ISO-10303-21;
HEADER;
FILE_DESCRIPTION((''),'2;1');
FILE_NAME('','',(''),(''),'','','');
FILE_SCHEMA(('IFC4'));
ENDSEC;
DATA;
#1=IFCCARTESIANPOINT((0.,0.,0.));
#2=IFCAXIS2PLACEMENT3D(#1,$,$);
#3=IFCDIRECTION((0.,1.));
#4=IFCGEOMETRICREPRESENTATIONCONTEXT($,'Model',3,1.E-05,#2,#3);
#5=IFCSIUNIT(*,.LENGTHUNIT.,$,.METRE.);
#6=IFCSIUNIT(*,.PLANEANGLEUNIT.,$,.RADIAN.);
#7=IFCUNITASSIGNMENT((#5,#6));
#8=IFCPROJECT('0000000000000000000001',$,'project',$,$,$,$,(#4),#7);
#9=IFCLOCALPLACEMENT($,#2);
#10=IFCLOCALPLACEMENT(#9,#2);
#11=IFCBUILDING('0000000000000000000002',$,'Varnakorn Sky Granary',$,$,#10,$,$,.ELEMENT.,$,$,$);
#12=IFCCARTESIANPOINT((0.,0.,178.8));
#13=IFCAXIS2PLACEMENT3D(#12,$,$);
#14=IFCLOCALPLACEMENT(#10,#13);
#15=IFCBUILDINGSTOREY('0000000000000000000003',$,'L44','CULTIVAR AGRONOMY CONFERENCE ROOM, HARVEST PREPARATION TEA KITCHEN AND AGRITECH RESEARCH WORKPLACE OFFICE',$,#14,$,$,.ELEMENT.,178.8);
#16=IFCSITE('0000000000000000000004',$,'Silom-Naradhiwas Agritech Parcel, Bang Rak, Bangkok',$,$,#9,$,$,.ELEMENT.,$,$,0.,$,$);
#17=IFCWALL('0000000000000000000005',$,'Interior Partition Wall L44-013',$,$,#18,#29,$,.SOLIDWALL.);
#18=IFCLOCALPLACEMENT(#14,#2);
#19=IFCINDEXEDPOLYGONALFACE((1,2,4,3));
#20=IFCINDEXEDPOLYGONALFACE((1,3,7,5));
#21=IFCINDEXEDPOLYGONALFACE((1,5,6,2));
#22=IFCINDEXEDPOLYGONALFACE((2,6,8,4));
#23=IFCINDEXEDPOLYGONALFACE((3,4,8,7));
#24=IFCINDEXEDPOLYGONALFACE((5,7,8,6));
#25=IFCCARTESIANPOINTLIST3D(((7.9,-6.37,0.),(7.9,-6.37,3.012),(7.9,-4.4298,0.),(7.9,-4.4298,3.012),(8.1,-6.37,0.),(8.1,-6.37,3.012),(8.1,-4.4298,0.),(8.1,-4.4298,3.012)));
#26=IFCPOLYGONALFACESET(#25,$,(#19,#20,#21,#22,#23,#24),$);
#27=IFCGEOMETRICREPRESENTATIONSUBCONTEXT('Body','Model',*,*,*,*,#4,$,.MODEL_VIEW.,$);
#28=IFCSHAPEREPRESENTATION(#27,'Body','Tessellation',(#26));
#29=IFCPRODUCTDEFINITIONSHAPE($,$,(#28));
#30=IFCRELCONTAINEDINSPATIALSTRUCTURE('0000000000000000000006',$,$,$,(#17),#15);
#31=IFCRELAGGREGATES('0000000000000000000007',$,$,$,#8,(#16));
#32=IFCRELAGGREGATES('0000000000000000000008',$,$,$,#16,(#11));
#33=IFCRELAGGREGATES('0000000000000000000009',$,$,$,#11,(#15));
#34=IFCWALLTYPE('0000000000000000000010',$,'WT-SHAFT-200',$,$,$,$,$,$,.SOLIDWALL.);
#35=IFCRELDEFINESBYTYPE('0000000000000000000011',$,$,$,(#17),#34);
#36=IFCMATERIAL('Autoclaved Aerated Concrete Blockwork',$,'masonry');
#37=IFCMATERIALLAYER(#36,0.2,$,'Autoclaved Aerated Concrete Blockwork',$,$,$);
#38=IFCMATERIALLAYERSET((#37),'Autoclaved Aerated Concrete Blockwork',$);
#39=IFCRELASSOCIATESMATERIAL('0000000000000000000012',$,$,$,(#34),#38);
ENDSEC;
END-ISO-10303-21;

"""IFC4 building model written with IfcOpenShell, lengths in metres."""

from ifc_helpers import new_model, si_unit, direction, frame, frame_2d, origin, place, context, subcontext, project, spatial, rectangle, extrude, material, layer, layer_set, type_object, element, save


model = new_model("IFC4")

# Units and contexts
model_context = context("Model", 3, precision=1e-05, world=origin(), true_north=direction((0.0, 1.0)))
body_context = subcontext(model_context, "Body", "Model", "MODEL_VIEW")
ifc_project = project(units=[si_unit("LENGTHUNIT", "METRE"), si_unit("PLANEANGLEUNIT", "RADIAN")], contexts=[model_context])

# Site, building, storey
site_placement = place(None, origin())
site = spatial("IfcSite", under=ifc_project, at=site_placement, Name="Silom-Naradhiwas Agritech Parcel, Bang Rak, Bangkok", CompositionType="ELEMENT", RefElevation=0.0)
building_placement = place(site_placement, origin())
building = spatial("IfcBuilding", under=site, at=building_placement, Name="Varnakorn Sky Granary", CompositionType="ELEMENT")
storey_placement = place(building_placement, frame((0.0, 0.0, 178.8)))
storey = spatial("IfcBuildingStorey", under=building, at=storey_placement, Name="L44", Description="CULTIVAR AGRONOMY CONFERENCE ROOM, HARVEST PREPARATION TEA KITCHEN AND AGRITECH RESEARCH WORKPLACE OFFICE", CompositionType="ELEMENT", Elevation=178.8)

# Shared definitions
ifc_material_1 = material(Name="Autoclaved Aerated Concrete Blockwork", Category="masonry")

# Wall
ifc_layer_1 = layer(ifc_material_1, 0.2, Name="Autoclaved Aerated Concrete Blockwork")
ifc_layer_set_1 = layer_set([ifc_layer_1], Name="Autoclaved Aerated Concrete Blockwork")
wall_type_1 = type_object("IfcWallType", Name="WT-SHAFT-200", PredefinedType="SOLIDWALL", material=ifc_layer_set_1)
wall_1_placement = place(storey_placement, frame((8.0, -6.3701, 0.0), z_axis=(0.0, 0.0, 1.0), x_axis=(0.0, 1.0, 0.0)))
element("IfcWall", 1, at=wall_1_placement, inside=storey, type_object=wall_type_1, Name="Interior Partition Wall L44-013", PredefinedType="SOLIDWALL", context=body_context, shape_type="SweptSolid", body=[
    extrude(rectangle(XDim=1.9402, YDim=0.2, at=frame_2d((0.9702, 0.0))), origin(), (0.0, 0.0, 1.0), 3.012),
])

save(model, "model.ifc")
